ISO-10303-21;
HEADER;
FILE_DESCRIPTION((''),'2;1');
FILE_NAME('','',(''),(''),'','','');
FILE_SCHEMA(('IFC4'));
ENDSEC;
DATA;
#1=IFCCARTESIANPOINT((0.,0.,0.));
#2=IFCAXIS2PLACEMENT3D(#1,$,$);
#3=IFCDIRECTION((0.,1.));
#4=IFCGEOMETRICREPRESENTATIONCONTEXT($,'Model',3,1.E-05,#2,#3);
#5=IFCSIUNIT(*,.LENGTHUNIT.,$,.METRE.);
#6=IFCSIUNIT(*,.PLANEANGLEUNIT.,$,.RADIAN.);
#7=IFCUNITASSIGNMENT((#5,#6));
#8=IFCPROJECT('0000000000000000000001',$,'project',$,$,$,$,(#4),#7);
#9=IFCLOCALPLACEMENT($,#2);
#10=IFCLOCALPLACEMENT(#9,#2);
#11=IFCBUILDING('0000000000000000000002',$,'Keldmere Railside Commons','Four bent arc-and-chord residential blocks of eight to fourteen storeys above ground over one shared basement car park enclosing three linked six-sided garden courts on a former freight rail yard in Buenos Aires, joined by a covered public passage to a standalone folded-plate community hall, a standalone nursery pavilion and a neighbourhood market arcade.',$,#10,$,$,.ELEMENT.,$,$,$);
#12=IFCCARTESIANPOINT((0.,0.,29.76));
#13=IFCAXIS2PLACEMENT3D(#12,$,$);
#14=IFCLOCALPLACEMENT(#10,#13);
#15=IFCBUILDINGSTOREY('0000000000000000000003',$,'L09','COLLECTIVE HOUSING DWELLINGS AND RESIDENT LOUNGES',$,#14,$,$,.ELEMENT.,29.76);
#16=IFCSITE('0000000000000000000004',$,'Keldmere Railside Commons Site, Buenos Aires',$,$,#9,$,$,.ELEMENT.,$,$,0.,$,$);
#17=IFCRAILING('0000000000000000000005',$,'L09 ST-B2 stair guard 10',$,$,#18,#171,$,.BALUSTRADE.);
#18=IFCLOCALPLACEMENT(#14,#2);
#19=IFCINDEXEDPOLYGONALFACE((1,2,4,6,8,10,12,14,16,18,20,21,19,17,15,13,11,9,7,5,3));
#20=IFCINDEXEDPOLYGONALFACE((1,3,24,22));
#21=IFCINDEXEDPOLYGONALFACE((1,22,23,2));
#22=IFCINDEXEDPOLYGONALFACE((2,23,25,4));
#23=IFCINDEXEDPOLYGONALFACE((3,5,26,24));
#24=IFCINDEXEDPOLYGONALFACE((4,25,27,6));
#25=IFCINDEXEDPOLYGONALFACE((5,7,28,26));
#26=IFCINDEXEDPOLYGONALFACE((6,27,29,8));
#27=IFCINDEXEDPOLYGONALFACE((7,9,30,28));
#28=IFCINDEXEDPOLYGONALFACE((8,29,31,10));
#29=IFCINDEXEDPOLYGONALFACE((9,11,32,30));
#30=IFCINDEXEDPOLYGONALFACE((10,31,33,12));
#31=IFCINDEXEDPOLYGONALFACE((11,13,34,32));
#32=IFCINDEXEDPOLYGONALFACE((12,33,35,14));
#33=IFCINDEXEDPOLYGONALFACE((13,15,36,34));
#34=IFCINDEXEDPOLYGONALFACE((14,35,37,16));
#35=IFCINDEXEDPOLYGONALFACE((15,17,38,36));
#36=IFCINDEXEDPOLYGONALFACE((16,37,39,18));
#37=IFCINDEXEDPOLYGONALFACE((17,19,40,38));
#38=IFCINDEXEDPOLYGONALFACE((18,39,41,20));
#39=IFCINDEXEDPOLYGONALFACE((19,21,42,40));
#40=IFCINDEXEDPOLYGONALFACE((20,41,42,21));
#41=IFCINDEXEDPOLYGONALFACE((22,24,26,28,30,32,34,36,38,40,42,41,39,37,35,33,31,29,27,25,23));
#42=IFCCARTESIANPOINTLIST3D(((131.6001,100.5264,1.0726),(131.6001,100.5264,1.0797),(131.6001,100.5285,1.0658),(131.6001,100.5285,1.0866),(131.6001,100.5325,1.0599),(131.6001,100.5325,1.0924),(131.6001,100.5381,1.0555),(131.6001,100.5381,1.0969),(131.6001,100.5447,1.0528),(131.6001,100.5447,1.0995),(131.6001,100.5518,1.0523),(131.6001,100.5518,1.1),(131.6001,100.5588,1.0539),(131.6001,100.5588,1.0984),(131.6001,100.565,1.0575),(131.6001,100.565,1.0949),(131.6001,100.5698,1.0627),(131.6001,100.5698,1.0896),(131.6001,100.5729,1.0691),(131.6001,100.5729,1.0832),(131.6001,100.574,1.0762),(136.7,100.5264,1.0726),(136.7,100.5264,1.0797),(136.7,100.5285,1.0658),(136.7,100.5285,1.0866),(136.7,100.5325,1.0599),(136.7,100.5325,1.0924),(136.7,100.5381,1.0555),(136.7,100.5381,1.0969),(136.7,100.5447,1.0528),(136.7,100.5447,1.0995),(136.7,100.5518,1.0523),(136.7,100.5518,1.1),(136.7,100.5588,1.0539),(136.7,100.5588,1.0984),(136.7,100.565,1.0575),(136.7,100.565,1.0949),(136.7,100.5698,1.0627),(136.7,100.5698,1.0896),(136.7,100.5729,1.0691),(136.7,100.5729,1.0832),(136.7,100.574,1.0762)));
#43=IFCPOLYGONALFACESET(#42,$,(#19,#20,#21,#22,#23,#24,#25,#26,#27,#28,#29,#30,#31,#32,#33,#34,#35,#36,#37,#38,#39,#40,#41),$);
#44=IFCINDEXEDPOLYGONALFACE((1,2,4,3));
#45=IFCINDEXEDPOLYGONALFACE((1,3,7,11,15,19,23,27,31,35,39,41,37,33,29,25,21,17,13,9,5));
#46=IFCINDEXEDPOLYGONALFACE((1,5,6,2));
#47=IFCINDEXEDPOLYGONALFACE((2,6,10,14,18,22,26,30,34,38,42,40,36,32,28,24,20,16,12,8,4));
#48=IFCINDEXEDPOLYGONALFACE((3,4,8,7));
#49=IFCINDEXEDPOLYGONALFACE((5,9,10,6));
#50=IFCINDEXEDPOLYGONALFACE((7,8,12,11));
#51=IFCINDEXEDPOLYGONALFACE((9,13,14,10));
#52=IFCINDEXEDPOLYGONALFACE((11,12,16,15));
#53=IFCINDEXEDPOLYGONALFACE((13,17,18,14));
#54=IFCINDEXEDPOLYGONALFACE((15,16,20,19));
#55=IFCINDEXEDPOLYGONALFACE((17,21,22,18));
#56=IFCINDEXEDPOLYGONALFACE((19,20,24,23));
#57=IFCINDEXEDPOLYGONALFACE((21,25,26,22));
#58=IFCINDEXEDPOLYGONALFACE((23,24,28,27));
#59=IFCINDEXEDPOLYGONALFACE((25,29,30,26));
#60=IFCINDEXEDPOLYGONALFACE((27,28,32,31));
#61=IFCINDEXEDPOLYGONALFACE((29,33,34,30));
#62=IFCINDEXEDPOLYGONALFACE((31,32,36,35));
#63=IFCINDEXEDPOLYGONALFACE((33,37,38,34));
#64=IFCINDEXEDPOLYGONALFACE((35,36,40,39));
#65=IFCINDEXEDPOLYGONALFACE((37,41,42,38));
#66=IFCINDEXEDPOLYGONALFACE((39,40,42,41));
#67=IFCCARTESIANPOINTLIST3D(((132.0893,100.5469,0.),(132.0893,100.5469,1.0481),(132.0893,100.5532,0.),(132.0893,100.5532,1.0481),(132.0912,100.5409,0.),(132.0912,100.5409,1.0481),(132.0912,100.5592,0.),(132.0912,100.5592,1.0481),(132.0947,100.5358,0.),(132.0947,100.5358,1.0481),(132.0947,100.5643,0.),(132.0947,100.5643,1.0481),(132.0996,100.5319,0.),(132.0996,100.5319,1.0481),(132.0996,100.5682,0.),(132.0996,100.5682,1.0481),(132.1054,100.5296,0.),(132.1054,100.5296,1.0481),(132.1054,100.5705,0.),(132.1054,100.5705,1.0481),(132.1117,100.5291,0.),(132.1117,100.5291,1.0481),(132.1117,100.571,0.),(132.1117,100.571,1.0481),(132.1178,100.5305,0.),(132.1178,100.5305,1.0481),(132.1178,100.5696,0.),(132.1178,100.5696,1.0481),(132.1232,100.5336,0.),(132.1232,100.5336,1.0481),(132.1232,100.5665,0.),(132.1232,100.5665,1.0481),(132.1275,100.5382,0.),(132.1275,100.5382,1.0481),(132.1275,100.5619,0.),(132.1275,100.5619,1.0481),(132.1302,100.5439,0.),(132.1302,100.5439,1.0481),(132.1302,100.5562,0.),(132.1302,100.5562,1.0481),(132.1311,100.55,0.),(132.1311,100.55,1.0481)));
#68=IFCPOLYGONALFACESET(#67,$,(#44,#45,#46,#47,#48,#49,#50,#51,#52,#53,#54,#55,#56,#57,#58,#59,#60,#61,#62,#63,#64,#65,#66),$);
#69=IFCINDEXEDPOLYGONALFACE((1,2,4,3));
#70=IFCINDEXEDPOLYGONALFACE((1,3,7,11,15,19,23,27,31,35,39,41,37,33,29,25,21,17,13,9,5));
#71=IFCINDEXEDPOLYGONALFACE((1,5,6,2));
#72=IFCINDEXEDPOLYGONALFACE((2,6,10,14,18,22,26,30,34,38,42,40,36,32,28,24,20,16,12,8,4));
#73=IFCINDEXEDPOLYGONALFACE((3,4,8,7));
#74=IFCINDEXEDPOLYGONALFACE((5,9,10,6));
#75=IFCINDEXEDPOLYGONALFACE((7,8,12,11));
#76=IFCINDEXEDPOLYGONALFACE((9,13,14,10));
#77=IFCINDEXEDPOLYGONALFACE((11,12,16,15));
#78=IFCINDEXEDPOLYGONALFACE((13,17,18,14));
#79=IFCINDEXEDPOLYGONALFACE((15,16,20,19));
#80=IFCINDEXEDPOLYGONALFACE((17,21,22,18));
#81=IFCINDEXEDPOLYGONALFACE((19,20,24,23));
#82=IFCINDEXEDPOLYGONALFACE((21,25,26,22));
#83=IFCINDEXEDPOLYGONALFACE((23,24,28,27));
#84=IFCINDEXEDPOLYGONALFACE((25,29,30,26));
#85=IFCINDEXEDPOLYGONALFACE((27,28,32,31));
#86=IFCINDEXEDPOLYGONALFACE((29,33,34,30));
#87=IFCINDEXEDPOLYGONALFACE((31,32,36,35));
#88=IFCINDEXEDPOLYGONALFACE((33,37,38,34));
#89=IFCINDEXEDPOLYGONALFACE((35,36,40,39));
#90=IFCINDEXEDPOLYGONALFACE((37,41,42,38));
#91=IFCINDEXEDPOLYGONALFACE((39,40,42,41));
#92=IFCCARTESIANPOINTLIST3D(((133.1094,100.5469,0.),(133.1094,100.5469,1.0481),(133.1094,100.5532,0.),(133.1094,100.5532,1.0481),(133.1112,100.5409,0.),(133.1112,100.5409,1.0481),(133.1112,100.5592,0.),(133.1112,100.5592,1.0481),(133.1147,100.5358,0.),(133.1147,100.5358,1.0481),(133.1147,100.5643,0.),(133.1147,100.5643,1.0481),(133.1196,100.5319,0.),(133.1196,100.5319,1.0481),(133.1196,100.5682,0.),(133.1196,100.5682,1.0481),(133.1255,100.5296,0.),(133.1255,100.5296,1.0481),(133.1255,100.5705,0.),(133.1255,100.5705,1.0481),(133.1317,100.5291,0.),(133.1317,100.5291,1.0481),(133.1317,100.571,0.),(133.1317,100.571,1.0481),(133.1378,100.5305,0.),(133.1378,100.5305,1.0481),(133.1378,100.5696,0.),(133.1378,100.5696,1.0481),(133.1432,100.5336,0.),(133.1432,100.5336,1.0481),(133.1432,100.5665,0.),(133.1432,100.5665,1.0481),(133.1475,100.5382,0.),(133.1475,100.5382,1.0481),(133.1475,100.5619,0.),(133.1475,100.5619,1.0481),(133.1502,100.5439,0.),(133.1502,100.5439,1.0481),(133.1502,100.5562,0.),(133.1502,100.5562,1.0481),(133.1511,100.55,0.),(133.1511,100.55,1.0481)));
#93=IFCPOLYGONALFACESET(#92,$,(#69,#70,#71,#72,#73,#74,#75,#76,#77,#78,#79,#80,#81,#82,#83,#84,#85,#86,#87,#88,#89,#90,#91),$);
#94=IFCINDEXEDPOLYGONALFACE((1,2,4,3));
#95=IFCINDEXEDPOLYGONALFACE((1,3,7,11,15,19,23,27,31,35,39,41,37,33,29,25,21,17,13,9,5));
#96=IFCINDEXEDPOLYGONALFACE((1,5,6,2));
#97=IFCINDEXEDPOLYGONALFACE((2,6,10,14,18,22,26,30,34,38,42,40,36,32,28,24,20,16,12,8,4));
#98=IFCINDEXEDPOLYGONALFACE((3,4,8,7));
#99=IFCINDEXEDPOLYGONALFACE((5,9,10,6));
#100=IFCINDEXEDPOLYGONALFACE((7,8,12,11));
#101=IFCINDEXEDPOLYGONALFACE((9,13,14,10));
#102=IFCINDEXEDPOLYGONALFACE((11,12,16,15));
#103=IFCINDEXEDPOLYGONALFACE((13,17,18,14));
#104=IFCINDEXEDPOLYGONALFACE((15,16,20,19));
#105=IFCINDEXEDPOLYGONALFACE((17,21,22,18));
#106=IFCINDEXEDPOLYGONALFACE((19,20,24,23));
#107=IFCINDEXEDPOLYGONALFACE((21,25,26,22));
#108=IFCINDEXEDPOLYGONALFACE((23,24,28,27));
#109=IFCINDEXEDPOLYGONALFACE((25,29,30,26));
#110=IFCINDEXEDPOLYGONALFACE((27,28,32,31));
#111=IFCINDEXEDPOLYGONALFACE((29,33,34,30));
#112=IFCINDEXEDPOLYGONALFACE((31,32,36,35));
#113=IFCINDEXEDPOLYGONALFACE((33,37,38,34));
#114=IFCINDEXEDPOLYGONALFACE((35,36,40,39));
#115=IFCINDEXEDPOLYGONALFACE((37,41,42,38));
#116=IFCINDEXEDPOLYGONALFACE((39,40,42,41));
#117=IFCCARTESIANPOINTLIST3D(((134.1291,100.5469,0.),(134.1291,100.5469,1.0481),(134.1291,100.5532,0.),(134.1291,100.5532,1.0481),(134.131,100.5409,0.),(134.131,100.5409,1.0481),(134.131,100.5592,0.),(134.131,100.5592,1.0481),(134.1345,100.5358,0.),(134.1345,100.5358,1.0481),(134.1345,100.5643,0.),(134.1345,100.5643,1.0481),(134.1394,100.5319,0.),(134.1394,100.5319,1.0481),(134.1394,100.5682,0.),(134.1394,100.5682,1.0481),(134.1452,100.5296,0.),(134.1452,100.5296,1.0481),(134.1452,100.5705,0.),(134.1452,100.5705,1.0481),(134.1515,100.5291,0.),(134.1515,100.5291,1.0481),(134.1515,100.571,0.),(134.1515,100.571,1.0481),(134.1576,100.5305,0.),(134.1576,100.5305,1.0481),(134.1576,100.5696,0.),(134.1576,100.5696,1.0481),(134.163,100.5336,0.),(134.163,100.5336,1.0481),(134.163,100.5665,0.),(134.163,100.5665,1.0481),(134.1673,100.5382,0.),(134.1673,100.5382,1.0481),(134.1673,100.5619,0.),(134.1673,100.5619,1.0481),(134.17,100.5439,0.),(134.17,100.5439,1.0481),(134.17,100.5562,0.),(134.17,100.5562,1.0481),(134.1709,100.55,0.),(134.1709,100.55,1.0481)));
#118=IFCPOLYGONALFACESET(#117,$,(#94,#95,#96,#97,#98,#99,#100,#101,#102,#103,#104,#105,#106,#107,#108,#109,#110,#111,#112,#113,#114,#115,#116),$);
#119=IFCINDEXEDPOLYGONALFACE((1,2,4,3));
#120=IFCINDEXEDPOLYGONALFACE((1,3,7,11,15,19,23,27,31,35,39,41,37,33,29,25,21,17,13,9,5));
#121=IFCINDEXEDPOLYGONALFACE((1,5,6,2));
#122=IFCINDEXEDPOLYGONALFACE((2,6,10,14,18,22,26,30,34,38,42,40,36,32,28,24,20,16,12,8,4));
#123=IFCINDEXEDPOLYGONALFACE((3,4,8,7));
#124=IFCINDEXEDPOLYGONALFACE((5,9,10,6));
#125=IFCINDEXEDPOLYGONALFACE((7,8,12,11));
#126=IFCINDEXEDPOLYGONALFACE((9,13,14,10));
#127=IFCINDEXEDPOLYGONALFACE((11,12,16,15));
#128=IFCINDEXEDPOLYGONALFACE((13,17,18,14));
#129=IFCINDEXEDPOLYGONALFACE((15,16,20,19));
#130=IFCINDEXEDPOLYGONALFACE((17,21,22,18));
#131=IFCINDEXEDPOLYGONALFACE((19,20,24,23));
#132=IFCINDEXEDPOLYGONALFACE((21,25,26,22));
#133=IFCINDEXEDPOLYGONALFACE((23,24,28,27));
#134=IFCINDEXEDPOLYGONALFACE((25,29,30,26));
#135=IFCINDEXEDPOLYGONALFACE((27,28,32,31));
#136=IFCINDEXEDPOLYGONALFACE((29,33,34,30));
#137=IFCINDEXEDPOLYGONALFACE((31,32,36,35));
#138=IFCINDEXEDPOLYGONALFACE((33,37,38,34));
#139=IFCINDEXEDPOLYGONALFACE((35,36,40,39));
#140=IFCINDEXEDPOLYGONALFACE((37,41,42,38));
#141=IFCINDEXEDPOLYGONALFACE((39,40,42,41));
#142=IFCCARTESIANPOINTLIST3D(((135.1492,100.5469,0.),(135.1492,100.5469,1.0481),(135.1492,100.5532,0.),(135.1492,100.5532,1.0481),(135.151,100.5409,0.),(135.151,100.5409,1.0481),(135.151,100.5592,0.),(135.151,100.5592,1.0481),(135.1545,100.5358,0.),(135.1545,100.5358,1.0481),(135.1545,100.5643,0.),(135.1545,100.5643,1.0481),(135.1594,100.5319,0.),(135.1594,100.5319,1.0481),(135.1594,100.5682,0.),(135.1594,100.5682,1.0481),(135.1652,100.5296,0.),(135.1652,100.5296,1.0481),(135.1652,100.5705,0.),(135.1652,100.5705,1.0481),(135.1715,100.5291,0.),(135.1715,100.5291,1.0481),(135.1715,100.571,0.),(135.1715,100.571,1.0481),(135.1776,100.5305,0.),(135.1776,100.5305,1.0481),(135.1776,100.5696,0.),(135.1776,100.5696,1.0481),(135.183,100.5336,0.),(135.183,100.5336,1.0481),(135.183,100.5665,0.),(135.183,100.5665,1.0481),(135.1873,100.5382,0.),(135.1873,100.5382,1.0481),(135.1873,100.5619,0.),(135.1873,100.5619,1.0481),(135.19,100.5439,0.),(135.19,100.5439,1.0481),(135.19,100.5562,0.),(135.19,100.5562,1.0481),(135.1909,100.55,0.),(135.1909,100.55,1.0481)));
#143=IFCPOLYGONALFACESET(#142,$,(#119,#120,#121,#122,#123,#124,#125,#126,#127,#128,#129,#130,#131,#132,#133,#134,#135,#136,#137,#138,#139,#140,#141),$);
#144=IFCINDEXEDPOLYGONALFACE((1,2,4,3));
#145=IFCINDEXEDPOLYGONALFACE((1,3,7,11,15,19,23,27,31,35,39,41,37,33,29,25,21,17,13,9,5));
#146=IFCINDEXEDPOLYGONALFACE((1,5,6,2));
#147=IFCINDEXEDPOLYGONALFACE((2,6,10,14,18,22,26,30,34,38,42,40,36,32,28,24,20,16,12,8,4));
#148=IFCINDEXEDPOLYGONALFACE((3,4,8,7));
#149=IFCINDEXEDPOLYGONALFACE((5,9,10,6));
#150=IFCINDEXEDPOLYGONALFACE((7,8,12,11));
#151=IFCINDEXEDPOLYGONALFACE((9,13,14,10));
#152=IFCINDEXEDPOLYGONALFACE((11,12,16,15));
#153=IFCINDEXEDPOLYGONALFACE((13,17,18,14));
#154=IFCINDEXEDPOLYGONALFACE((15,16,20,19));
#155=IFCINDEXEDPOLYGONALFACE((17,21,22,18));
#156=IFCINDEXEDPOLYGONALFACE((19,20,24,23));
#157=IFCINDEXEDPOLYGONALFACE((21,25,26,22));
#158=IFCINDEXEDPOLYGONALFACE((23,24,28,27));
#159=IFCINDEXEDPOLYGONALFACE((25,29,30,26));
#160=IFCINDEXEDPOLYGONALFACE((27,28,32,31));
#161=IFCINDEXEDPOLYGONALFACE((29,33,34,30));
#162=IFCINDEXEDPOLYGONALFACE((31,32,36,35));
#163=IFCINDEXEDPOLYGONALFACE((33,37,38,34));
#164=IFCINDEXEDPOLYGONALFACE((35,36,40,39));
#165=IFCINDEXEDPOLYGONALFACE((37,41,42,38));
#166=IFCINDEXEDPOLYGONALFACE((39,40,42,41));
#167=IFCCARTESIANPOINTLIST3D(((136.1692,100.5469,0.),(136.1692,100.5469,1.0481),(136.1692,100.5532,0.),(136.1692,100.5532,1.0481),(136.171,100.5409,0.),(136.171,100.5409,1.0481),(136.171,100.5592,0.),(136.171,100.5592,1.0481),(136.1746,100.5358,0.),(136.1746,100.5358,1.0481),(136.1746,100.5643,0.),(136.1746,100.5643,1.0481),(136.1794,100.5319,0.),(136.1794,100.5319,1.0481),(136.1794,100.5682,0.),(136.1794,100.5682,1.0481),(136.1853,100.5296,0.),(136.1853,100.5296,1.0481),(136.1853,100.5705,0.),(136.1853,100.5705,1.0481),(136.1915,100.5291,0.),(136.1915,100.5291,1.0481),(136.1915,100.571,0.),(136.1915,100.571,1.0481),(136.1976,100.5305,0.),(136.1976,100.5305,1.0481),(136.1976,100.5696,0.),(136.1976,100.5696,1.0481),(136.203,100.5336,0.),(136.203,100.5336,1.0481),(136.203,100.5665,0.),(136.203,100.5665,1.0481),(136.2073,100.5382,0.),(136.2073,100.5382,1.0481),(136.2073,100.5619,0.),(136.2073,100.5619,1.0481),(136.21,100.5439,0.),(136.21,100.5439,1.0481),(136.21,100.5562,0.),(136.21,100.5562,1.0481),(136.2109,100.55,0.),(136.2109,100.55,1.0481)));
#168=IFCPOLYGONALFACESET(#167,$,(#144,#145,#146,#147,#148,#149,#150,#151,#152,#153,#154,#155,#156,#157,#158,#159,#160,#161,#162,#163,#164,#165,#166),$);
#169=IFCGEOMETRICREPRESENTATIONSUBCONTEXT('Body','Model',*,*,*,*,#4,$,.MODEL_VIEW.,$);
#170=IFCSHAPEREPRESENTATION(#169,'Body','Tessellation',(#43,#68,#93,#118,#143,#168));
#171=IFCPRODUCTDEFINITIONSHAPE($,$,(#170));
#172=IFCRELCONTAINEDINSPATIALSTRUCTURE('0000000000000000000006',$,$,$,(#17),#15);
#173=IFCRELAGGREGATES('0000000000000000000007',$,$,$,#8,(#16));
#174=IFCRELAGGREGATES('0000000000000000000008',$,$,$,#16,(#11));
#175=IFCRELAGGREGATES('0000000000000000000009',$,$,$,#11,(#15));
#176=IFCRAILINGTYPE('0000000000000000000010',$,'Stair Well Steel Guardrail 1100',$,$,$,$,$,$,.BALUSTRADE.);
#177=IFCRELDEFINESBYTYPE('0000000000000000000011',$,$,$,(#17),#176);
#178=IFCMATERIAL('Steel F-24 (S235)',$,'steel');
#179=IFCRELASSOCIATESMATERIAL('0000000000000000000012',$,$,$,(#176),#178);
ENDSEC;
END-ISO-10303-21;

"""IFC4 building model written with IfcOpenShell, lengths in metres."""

from ifc_helpers import new_model, si_unit, direction, frame, origin, origin_2d, place, context, subcontext, project, spatial, circle, extrude, material, type_object, element, save


model = new_model("IFC4")

# Units and contexts
model_context = context("Model", 3, precision=1e-05, world=origin(), true_north=direction((0.0, 1.0)))
body_context = subcontext(model_context, "Body", "Model", "MODEL_VIEW")
ifc_project = project(units=[si_unit("LENGTHUNIT", "METRE"), si_unit("PLANEANGLEUNIT", "RADIAN")], contexts=[model_context])

# Site, building, storey
site_placement = place(None, origin())
site = spatial("IfcSite", under=ifc_project, at=site_placement, Name="Keldmere Railside Commons Site, Buenos Aires", CompositionType="ELEMENT", RefElevation=0.0)
building_placement = place(site_placement, origin())
building = spatial("IfcBuilding", under=site, at=building_placement, Name="Keldmere Railside Commons", Description="Four bent arc-and-chord residential blocks of eight to fourteen storeys above ground over one shared basement car park enclosing three linked six-sided garden courts on a former freight rail yard in Buenos Aires, joined by a covered public passage to a standalone folded-plate community hall, a standalone nursery pavilion and a neighbourhood market arcade.", CompositionType="ELEMENT")
storey_placement = place(building_placement, frame((0.0, 0.0, 29.76)))
storey = spatial("IfcBuildingStorey", under=building, at=storey_placement, Name="L09", Description="COLLECTIVE HOUSING DWELLINGS AND RESIDENT LOUNGES", CompositionType="ELEMENT", Elevation=29.76)

# Railing
ifc_material_1 = material(Name="Steel F-24 (S235)", Category="steel")
railing_type_1 = type_object("IfcRailingType", Name="Stair Well Steel Guardrail 1100", PredefinedType="BALUSTRADE", material=ifc_material_1)
for number, where, name in (
    (1, (131.6001, 100.55, 0.0), "L09 ST-B2 stair guard 10"),
):
    element("IfcRailing", number, at=place(storey_placement, frame(where)), inside=storey, type_object=railing_type_1, Name=name, PredefinedType="BALUSTRADE", context=body_context, shape_type="SweptSolid", body=[
        extrude(circle(Radius=0.0239, at=origin_2d()), frame((0.0, 0.0, 1.0762), z_axis=(1.0, 0.0, 0.0), x_axis=(0.0, 1.0, 0.0)), (0.0, 0.0, 1.0), 5.0999),
        extrude(circle(Radius=0.021, at=origin_2d()), frame((0.51, 0.0, 0.0)), (0.0, 0.0, 1.0), 1.0481),
        extrude(circle(Radius=0.021, at=origin_2d()), frame((1.53, 0.0, 0.0)), (0.0, 0.0, 1.0), 1.0481),
        extrude(circle(Radius=0.021, at=origin_2d()), frame((2.5498, 0.0, 0.0)), (0.0, 0.0, 1.0), 1.0481),
        extrude(circle(Radius=0.021, at=origin_2d()), frame((3.5698, 0.0, 0.0)), (0.0, 0.0, 1.0), 1.0481),
        extrude(circle(Radius=0.021, at=origin_2d()), frame((4.5898, 0.0, 0.0)), (0.0, 0.0, 1.0), 1.0481),
    ])

save(model, "model.ifc")
